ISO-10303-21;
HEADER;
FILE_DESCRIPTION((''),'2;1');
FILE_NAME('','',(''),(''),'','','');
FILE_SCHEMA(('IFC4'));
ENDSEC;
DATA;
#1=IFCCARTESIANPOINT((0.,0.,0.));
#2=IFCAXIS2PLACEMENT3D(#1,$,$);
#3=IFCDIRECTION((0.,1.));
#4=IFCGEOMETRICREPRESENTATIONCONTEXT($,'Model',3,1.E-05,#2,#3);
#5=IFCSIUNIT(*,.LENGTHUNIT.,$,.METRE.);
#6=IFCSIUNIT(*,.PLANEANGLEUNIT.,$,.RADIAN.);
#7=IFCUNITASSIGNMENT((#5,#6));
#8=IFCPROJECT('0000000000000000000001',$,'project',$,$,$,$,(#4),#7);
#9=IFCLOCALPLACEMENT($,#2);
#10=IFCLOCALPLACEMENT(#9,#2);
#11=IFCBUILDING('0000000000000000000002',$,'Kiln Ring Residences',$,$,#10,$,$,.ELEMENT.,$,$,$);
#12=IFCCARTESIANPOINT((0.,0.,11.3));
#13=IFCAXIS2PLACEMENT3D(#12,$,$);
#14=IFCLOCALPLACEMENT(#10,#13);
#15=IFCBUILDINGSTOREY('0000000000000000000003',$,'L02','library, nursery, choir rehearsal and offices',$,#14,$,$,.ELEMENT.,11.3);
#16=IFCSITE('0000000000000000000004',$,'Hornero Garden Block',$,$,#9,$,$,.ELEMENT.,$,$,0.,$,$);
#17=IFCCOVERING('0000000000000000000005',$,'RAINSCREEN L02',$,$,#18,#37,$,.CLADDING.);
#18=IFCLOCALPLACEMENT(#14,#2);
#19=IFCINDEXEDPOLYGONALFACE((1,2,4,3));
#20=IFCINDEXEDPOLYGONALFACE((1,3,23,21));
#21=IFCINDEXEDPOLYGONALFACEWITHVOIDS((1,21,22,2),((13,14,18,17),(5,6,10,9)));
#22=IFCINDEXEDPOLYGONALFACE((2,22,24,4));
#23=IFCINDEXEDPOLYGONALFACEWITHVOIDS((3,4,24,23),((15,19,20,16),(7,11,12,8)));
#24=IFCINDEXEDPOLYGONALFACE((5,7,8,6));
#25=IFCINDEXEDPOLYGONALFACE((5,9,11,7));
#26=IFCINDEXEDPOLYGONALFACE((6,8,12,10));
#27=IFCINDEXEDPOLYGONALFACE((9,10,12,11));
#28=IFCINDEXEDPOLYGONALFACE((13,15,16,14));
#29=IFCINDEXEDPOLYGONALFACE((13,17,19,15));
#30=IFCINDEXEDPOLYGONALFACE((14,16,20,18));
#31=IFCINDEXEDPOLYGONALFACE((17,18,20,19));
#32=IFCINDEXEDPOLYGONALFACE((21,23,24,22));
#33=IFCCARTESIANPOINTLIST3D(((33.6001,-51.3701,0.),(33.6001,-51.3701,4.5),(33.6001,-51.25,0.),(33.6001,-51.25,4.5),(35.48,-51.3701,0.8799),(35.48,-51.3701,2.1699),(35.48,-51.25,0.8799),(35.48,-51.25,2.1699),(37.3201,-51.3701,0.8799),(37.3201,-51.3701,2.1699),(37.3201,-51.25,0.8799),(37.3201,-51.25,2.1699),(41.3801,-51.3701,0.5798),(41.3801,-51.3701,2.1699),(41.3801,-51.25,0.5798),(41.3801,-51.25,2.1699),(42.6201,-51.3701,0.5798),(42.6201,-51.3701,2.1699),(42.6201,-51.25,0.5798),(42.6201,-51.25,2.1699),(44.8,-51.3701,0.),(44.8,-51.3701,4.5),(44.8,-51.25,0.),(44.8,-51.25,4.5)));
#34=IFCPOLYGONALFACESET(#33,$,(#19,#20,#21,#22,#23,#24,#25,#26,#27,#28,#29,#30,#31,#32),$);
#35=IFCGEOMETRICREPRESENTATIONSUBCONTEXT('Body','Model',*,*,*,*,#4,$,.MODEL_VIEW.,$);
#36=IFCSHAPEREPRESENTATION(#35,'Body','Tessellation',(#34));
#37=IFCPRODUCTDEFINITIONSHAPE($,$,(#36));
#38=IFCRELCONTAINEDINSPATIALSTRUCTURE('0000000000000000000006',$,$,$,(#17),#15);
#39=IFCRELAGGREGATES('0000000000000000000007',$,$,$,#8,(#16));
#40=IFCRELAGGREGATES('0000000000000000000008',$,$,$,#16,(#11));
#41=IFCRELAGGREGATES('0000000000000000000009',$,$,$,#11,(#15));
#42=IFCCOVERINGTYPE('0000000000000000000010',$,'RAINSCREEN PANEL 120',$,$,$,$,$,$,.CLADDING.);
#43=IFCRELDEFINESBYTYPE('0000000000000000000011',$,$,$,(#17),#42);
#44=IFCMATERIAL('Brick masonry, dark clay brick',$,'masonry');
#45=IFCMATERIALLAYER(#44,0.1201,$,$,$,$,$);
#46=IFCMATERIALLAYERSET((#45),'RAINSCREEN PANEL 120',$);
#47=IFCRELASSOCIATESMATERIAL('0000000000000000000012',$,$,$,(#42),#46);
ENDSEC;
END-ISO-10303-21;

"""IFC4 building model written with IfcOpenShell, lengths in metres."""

from ifc_helpers import new_model, si_unit, direction, frame, origin, place, context, subcontext, project, spatial, polyline, outline, extrude, material, layer, layer_set, type_object, element, save


model = new_model("IFC4")

# Units and contexts
model_context = context("Model", 3, precision=1e-05, world=origin(), true_north=direction((0.0, 1.0)))
body_context = subcontext(model_context, "Body", "Model", "MODEL_VIEW")
ifc_project = project(units=[si_unit("LENGTHUNIT", "METRE"), si_unit("PLANEANGLEUNIT", "RADIAN")], contexts=[model_context])

# Site, building, storey
site_placement = place(None, origin())
site = spatial("IfcSite", under=ifc_project, at=site_placement, Name="Hornero Garden Block", CompositionType="ELEMENT", RefElevation=0.0)
building_placement = place(site_placement, origin())
building = spatial("IfcBuilding", under=site, at=building_placement, Name="Kiln Ring Residences", CompositionType="ELEMENT")
storey_placement = place(building_placement, frame((0.0, 0.0, 11.3)))
storey = spatial("IfcBuildingStorey", under=building, at=storey_placement, Name="L02", Description="library, nursery, choir rehearsal and offices", CompositionType="ELEMENT", Elevation=11.3)

# Covering
ifc_material_1 = material(Name="Brick masonry, dark clay brick", Category="masonry")
ifc_layer_1 = layer(ifc_material_1, 0.1201)
ifc_layer_set_1 = layer_set([ifc_layer_1], Name="RAINSCREEN PANEL 120")
covering_type = type_object("IfcCoveringType", Name="RAINSCREEN PANEL 120", PredefinedType="CLADDING", material=ifc_layer_set_1)
covering_1_placement = place(storey_placement, frame((33.6001, -51.3101, 0.0), z_axis=(0.0, 0.0, 1.0), x_axis=(1.0, 0.0, 0.0)))
element("IfcCovering", 1, at=covering_1_placement, inside=storey, type_object=covering_type, Name="RAINSCREEN L02", PredefinedType="CLADDING", context=body_context, shape_type="SweptSolid", body=[
    extrude(outline(polyline([(0.0, 0.0), (11.2, 0.0), (11.2, 4.5), (0.0, 4.5), (0.0, 0.0)]), holes=[polyline([(9.02, 2.1699), (7.78, 2.1699), (7.78, 0.5798), (9.02, 0.5798), (9.02, 2.1699)]), polyline([(3.72, 2.1699), (1.8799, 2.1699), (1.8799, 0.8799), (3.72, 0.8799), (3.72, 2.1699)])]), frame((0.0, 0.0601, 0.0), z_axis=(0.0, -1.0, 0.0), x_axis=(1.0, 0.0, 0.0)), (0.0, 0.0, 1.0), 0.1201),
])

save(model, "model.ifc")
